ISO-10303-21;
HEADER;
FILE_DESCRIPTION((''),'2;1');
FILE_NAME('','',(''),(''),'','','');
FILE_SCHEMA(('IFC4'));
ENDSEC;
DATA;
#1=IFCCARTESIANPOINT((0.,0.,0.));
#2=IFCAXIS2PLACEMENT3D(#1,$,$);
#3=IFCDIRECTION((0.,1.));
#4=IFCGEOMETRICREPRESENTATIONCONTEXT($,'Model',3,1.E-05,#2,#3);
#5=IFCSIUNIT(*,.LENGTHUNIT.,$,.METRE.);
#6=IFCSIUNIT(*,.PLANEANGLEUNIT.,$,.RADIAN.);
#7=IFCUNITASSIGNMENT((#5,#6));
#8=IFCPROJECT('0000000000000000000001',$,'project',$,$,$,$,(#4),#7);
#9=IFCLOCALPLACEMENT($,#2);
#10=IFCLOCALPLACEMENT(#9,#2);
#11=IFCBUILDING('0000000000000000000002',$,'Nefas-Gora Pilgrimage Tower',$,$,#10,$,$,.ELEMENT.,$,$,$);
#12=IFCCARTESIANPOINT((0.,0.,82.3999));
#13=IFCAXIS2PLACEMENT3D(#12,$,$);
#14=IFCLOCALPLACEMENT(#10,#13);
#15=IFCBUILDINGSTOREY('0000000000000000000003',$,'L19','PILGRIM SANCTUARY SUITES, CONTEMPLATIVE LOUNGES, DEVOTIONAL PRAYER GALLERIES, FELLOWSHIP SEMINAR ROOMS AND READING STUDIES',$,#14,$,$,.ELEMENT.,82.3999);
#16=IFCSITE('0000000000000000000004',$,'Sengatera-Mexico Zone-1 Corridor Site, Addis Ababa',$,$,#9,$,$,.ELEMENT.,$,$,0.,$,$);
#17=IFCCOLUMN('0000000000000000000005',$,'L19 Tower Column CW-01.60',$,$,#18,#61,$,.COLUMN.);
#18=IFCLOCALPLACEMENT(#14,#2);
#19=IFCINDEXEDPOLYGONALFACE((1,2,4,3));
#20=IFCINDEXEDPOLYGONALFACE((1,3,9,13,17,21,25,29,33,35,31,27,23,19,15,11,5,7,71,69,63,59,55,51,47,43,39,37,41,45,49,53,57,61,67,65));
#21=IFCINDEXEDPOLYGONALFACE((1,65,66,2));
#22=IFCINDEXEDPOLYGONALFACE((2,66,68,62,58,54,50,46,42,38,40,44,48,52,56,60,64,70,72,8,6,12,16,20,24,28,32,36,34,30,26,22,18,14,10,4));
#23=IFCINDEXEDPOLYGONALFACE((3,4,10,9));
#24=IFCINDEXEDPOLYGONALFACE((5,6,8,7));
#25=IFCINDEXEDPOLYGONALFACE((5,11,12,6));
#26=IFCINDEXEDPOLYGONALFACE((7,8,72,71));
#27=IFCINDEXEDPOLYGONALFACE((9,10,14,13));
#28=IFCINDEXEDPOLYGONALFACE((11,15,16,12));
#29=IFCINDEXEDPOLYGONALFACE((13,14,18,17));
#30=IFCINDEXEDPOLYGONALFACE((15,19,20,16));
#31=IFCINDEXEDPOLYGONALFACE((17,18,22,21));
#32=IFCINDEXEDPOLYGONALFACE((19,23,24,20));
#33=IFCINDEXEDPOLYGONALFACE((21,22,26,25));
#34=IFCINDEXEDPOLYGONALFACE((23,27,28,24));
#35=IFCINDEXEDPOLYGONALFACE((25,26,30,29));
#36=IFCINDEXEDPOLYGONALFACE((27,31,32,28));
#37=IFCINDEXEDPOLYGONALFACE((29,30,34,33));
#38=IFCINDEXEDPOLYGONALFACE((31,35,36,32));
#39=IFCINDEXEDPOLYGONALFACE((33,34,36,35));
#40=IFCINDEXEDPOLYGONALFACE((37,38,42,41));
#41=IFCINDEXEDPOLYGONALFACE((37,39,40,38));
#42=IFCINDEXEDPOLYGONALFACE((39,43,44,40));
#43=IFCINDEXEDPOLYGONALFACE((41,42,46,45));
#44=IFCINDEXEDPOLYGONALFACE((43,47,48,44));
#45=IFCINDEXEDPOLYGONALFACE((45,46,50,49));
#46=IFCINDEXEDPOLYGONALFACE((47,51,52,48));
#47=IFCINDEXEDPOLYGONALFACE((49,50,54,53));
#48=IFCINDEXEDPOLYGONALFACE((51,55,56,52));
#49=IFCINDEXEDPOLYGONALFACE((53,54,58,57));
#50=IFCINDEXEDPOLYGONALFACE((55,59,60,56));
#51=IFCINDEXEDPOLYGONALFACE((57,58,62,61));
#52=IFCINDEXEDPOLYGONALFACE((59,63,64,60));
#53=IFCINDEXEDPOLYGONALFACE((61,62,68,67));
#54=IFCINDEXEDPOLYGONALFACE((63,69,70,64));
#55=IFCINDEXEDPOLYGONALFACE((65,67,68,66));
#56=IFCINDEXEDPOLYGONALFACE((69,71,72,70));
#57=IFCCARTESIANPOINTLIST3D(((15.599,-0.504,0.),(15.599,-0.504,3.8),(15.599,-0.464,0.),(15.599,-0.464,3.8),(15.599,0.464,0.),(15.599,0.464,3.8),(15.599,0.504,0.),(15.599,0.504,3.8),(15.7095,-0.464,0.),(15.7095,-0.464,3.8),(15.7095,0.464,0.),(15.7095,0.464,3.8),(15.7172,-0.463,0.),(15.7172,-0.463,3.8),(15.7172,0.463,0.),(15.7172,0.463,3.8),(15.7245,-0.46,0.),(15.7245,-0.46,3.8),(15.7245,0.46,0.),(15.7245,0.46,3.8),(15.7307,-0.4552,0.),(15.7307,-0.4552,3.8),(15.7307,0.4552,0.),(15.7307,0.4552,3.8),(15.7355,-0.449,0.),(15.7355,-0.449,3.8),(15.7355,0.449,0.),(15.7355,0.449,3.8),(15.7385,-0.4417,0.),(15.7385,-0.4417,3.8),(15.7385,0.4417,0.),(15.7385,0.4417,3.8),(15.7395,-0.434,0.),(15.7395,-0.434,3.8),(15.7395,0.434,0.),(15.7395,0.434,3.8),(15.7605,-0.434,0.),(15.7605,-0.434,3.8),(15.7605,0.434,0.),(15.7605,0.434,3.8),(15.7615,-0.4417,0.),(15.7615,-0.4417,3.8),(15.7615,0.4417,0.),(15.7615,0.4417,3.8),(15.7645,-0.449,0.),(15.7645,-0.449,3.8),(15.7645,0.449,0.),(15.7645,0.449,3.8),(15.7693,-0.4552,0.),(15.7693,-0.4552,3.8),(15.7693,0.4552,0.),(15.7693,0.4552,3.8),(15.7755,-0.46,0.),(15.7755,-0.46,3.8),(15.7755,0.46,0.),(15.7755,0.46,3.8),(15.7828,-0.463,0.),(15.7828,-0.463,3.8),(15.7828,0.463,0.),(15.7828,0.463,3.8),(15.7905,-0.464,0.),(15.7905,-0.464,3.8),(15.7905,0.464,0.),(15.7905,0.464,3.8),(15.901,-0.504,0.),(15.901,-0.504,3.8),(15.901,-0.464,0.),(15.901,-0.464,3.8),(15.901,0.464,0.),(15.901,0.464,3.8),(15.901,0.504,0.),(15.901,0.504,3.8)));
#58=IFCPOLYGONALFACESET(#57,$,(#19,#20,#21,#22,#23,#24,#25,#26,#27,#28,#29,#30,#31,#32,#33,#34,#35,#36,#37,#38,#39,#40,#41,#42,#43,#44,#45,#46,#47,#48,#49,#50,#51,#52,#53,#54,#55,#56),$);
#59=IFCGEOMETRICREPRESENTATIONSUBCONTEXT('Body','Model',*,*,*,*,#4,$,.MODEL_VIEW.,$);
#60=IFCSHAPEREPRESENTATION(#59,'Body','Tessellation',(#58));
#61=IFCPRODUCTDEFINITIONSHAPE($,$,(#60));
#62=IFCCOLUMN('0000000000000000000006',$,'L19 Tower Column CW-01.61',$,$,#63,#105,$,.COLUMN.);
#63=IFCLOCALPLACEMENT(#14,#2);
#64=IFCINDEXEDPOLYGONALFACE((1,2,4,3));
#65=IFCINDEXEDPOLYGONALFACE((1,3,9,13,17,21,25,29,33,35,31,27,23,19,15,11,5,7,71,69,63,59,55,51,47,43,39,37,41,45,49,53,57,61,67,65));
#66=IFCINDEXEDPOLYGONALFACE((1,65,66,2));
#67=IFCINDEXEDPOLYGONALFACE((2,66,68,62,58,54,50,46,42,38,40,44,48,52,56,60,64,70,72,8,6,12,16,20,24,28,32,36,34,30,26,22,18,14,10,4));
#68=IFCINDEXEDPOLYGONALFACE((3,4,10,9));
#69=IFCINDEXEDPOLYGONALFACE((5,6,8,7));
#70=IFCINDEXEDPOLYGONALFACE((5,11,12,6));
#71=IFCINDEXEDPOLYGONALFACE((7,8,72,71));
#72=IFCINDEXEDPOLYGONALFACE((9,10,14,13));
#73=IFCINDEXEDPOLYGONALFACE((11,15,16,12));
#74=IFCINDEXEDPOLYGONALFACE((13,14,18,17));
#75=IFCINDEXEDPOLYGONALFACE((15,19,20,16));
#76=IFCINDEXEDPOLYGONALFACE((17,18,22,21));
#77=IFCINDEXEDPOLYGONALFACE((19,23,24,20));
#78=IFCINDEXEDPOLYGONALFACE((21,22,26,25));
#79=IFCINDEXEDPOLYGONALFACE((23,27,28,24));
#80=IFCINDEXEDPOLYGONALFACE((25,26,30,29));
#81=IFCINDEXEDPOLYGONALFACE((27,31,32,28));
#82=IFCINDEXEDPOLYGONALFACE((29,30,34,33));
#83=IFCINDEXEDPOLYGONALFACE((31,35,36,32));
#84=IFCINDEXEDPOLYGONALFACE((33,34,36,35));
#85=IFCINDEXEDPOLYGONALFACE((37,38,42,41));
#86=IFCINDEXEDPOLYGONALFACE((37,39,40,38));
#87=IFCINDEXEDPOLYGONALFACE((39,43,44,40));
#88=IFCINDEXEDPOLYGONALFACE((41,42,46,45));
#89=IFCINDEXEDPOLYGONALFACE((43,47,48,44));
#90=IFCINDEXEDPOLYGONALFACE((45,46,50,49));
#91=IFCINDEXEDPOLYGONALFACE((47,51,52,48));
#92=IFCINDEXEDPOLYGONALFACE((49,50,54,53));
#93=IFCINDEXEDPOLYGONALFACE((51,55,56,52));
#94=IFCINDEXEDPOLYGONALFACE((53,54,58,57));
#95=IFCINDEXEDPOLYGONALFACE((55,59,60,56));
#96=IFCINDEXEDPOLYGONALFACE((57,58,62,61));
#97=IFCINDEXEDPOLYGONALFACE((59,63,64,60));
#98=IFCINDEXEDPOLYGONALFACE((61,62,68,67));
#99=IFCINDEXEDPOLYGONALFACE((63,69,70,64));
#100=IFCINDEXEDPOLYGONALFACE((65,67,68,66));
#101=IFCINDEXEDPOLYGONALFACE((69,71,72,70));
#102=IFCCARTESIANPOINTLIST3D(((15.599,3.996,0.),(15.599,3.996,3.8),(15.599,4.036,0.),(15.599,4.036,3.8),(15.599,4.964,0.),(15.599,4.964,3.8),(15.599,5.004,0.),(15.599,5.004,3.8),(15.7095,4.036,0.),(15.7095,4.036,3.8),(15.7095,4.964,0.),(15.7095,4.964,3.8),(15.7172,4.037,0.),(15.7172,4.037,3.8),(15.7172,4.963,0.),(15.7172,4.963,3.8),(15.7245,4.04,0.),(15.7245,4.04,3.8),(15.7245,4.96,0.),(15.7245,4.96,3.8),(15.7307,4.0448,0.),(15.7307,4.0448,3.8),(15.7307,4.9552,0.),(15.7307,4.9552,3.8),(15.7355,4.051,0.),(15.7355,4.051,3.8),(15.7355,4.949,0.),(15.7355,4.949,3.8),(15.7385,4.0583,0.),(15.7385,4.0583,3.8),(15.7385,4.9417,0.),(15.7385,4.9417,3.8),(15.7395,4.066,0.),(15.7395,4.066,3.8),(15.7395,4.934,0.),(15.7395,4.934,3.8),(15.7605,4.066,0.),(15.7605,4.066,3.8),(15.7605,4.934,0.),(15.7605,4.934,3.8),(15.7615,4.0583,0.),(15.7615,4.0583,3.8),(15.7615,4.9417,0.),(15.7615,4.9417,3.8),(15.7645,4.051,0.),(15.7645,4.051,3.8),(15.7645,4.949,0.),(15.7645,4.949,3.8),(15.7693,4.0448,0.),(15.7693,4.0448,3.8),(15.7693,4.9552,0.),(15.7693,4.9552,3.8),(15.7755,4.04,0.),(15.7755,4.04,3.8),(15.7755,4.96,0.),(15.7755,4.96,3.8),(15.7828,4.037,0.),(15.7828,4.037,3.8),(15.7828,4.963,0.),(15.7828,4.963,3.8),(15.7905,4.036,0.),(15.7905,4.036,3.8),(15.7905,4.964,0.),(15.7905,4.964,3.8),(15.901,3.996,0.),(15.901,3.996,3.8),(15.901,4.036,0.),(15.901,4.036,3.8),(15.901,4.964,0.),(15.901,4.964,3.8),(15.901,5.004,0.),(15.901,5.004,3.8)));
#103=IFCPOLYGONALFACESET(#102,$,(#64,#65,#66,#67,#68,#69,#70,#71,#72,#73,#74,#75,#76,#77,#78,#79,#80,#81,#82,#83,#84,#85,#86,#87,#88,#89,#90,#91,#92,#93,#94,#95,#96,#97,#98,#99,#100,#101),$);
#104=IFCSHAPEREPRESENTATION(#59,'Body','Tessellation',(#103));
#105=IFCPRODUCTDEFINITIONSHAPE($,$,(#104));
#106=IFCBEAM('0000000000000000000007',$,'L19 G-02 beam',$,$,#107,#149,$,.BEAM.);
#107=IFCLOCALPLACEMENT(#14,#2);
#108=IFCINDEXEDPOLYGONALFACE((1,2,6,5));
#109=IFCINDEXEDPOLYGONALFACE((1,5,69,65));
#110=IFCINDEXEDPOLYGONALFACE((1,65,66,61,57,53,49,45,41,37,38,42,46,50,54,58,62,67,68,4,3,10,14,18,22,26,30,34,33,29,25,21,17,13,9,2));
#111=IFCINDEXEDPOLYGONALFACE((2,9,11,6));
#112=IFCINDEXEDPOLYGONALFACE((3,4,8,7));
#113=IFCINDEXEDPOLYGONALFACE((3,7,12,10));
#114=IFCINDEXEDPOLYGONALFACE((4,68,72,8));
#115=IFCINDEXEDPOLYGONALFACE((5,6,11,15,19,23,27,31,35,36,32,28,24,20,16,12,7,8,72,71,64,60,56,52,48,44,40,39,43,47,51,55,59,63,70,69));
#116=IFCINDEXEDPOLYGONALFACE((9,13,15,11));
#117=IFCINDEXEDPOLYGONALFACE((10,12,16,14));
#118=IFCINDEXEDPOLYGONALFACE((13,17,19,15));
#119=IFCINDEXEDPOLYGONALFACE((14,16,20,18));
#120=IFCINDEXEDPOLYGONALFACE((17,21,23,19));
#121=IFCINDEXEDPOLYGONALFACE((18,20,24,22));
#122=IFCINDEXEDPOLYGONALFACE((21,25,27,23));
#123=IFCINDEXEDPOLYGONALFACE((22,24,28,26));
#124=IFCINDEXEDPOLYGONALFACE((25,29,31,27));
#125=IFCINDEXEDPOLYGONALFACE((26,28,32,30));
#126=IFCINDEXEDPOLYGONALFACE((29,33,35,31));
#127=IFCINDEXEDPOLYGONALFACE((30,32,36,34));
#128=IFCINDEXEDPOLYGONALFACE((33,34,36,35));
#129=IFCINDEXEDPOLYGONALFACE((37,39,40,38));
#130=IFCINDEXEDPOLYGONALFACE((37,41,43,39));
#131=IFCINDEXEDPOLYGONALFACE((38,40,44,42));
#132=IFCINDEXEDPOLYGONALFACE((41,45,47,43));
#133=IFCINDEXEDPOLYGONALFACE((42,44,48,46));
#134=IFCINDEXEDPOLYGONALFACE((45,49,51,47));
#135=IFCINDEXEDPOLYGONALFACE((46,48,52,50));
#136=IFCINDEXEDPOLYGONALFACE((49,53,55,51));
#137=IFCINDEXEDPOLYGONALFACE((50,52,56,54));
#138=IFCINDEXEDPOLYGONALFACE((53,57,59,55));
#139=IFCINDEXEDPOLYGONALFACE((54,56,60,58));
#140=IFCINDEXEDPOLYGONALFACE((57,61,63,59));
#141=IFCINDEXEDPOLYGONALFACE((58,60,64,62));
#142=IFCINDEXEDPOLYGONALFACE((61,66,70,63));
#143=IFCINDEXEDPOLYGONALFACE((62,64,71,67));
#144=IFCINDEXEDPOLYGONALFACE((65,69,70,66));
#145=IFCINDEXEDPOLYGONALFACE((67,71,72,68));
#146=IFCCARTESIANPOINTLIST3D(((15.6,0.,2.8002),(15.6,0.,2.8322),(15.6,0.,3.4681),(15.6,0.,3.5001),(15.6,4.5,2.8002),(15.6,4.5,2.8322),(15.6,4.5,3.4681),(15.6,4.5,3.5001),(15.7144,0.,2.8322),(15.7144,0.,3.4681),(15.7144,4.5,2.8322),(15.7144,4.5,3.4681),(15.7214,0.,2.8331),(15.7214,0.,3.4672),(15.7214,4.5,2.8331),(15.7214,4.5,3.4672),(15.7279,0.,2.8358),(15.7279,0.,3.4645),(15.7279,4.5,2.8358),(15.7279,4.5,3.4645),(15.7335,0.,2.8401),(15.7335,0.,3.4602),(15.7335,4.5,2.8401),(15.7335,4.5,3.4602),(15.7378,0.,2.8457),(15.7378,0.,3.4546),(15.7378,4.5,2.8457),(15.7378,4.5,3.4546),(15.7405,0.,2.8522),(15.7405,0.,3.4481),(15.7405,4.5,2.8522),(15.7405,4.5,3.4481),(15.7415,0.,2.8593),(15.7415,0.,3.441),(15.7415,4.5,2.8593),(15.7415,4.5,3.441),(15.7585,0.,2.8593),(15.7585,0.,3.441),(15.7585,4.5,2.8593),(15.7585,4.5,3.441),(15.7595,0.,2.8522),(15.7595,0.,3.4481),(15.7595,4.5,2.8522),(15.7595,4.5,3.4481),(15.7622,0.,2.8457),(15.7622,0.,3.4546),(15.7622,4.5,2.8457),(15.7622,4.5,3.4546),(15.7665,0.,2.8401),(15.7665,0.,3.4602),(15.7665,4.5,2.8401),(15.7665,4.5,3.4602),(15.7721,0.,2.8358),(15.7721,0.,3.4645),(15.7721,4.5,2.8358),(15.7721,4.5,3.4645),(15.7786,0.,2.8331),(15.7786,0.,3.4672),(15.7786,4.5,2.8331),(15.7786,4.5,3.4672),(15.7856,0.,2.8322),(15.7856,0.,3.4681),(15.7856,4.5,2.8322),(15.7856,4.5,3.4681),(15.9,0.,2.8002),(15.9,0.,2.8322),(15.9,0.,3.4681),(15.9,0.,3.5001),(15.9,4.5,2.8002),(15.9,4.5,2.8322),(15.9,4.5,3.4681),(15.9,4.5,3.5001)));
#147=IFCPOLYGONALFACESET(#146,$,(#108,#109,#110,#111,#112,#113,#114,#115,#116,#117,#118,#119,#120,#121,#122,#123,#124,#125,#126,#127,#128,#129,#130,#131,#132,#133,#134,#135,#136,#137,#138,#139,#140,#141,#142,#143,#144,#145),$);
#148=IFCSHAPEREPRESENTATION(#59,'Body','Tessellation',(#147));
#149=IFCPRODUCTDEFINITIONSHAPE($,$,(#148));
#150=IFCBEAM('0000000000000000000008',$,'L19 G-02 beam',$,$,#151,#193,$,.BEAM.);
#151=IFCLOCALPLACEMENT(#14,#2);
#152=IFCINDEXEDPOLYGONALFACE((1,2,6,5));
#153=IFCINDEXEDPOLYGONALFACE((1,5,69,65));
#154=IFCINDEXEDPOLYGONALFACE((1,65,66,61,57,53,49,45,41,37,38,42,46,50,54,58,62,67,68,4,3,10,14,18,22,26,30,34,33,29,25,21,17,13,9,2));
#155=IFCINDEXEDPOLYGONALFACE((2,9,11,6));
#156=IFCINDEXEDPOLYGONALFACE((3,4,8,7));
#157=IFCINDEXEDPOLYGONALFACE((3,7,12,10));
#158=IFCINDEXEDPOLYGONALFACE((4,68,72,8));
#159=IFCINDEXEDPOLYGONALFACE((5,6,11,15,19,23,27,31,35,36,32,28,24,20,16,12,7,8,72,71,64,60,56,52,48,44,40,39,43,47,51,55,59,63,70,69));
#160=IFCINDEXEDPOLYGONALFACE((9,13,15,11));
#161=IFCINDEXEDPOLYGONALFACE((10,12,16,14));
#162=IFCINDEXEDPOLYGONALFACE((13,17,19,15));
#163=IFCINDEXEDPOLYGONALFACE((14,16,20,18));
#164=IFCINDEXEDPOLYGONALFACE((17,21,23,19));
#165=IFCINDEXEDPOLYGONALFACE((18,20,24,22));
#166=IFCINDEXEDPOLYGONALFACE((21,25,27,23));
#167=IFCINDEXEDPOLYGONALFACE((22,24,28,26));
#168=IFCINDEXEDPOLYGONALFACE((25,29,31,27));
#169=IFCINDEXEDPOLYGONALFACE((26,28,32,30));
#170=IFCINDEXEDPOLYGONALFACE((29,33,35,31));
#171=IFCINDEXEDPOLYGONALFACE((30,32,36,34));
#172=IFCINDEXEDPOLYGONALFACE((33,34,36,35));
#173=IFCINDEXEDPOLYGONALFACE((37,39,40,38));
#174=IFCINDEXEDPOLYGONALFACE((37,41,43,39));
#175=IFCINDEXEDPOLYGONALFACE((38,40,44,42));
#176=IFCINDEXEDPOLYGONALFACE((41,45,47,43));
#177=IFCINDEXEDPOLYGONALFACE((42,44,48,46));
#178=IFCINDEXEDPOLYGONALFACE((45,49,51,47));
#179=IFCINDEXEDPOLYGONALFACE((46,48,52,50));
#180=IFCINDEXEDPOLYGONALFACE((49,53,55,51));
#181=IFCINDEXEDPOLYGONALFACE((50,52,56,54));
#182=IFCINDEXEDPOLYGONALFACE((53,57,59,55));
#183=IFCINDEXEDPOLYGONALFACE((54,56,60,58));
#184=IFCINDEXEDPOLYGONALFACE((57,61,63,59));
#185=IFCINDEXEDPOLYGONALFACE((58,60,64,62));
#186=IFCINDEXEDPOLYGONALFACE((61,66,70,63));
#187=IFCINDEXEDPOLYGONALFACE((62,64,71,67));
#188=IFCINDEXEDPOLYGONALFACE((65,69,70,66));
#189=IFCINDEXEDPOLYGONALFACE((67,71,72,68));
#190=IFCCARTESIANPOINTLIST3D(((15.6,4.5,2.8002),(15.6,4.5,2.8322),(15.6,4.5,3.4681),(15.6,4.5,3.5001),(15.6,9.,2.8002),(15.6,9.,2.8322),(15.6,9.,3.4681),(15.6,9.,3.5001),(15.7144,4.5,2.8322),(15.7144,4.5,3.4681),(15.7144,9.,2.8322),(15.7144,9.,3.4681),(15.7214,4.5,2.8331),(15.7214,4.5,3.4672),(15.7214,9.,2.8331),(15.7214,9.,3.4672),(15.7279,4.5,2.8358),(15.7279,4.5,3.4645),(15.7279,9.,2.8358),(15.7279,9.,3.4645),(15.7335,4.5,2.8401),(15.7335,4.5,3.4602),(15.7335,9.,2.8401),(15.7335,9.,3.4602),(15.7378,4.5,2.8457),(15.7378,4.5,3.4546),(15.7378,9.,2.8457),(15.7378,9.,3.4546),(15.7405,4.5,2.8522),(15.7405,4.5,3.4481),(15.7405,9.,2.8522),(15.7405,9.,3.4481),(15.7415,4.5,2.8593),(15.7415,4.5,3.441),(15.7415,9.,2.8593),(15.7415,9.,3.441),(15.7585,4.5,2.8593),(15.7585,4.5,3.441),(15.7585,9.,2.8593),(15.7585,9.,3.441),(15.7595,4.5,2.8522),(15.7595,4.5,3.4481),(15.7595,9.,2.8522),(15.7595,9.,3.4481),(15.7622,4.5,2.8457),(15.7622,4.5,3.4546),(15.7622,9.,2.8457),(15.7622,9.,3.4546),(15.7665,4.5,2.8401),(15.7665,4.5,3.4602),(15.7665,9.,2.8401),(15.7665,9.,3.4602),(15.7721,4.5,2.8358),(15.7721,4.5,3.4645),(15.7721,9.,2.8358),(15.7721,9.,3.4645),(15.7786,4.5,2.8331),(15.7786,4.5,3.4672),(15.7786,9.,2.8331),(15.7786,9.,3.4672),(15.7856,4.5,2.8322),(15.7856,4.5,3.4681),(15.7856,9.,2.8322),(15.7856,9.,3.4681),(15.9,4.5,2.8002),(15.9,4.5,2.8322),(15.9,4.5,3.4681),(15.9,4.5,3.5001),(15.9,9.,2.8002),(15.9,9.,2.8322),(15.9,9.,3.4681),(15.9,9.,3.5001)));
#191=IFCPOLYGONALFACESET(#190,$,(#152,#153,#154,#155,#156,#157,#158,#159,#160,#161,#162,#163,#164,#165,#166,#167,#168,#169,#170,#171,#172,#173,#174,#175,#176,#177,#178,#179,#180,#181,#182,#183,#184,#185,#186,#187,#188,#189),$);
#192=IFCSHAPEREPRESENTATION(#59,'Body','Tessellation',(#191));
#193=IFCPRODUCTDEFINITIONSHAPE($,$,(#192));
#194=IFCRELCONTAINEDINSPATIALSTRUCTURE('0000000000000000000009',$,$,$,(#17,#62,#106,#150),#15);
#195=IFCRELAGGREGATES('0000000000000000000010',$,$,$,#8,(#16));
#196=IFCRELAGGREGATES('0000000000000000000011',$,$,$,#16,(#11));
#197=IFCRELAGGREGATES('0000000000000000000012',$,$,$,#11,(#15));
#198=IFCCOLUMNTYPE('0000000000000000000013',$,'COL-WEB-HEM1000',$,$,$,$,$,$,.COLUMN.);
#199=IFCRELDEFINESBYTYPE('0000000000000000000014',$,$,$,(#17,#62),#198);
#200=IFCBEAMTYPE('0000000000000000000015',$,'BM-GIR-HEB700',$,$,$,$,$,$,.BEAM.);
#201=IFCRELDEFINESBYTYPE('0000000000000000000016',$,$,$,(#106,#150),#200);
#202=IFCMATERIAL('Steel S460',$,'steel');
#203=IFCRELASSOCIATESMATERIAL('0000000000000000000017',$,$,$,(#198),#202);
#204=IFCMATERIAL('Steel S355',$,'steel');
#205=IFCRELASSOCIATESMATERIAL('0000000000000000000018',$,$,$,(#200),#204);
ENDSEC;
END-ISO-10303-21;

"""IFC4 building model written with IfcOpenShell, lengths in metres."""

from ifc_helpers import new_model, si_unit, direction, frame, origin, origin_2d, place, context, subcontext, project, spatial, i_section, extrude, source, transform, mapped, material, material_profile, profile_set, type_object, element, save


model = new_model("IFC4")

# Units and contexts
model_context = context("Model", 3, precision=1e-05, world=origin(), true_north=direction((0.0, 1.0)))
body_context = subcontext(model_context, "Body", "Model", "MODEL_VIEW")
ifc_project = project(units=[si_unit("LENGTHUNIT", "METRE"), si_unit("PLANEANGLEUNIT", "RADIAN")], contexts=[model_context])

# Site, building, storey
site_placement = place(None, origin())
site = spatial("IfcSite", under=ifc_project, at=site_placement, Name="Sengatera-Mexico Zone-1 Corridor Site, Addis Ababa", CompositionType="ELEMENT", RefElevation=0.0)
building_placement = place(site_placement, origin())
building = spatial("IfcBuilding", under=site, at=building_placement, Name="Nefas-Gora Pilgrimage Tower", CompositionType="ELEMENT")
storey_placement = place(building_placement, frame((0.0, 0.0, 82.3999)))
storey = spatial("IfcBuildingStorey", under=building, at=storey_placement, Name="L19", Description="PILGRIM SANCTUARY SUITES, CONTEMPLATIVE LOUNGES, DEVOTIONAL PRAYER GALLERIES, FELLOWSHIP SEMINAR ROOMS AND READING STUDIES", CompositionType="ELEMENT", Elevation=82.3999)

# Columns
ifc_material_1 = material(Name="Steel S460", Category="steel")
ifc_material_profile_1 = material_profile(ifc_material_1, i_section(OverallWidth=0.302, OverallDepth=1.0081, WebThickness=0.021, FlangeThickness=0.04, FilletRadius=0.03, at=origin_2d()), Name="HEM 1000")
ifc_profile_set_1 = profile_set([ifc_material_profile_1], Name="Steel S460")
column_type = type_object("IfcColumnType", Name="COL-WEB-HEM1000", PredefinedType="COLUMN", material=ifc_profile_set_1)
shared_shape_1 = source(origin(), body_context, "Body", "SweptSolid", [
    extrude(i_section(OverallWidth=0.302, OverallDepth=1.0081, WebThickness=0.021, FlangeThickness=0.04, FilletRadius=0.03, at=origin_2d()), origin(), (0.0, 0.0, 1.0), 3.8),
])
for number, where, z_axis, x_axis, name in (
    (1, (15.75, 0.0, 0.0), (0.0, 0.0, 1.0), (1.0, 0.0, 0.0), "L19 Tower Column CW-01.60"),
    (2, (15.75, 4.5, 0.0), (0.0, 0.0, 1.0), (1.0, 0.0, 0.0), "L19 Tower Column CW-01.61"),
):
    element("IfcColumn", number, at=place(storey_placement, frame(where, z_axis=z_axis, x_axis=x_axis)), inside=storey, type_object=column_type, Name=name, PredefinedType="COLUMN", context=body_context, shape_type="MappedRepresentation", body=[
        mapped(shared_shape_1, transform((0.0, 0.0, 0.0), x_axis=(1.0, 0.0, 0.0), y_axis=(0.0, 1.0, 0.0), z_axis=(0.0, 0.0, 1.0), scale=1.0)),
    ])

# Beams
ifc_material_2 = material(Name="Steel S355", Category="steel")
ifc_material_profile_2 = material_profile(ifc_material_2, i_section(OverallWidth=0.3, OverallDepth=0.7, WebThickness=0.0171, FlangeThickness=0.032, FilletRadius=0.0271, at=origin_2d()), Name="HEB 700")
ifc_profile_set_2 = profile_set([ifc_material_profile_2], Name="Steel S355")
beam_type = type_object("IfcBeamType", Name="BM-GIR-HEB700", PredefinedType="BEAM", material=ifc_profile_set_2)
shared_shape_2 = source(origin(), body_context, "Body", "SweptSolid", [
    extrude(i_section(OverallWidth=0.3, OverallDepth=0.7, WebThickness=0.0171, FlangeThickness=0.032, FilletRadius=0.0271, at=origin_2d()), origin(), (0.0, 0.0, 1.0), 4.5),
])
for number, where, z_axis, x_axis, name in (
    (3, (15.75, 0.0, 3.1501), (0.0, 1.0, 0.0), (-1.0, 0.0, 0.0), "L19 G-02 beam"),
    (4, (15.75, 4.5, 3.1501), (0.0, 1.0, 0.0), (-1.0, 0.0, 0.0), "L19 G-02 beam"),
):
    element("IfcBeam", number, at=place(storey_placement, frame(where, z_axis=z_axis, x_axis=x_axis)), inside=storey, type_object=beam_type, Name=name, PredefinedType="BEAM", context=body_context, shape_type="MappedRepresentation", body=[
        mapped(shared_shape_2, transform((0.0, 0.0, 0.0), x_axis=(1.0, 0.0, 0.0), y_axis=(0.0, 1.0, 0.0), z_axis=(0.0, 0.0, 1.0), scale=1.0)),
    ])

save(model, "model.ifc")
